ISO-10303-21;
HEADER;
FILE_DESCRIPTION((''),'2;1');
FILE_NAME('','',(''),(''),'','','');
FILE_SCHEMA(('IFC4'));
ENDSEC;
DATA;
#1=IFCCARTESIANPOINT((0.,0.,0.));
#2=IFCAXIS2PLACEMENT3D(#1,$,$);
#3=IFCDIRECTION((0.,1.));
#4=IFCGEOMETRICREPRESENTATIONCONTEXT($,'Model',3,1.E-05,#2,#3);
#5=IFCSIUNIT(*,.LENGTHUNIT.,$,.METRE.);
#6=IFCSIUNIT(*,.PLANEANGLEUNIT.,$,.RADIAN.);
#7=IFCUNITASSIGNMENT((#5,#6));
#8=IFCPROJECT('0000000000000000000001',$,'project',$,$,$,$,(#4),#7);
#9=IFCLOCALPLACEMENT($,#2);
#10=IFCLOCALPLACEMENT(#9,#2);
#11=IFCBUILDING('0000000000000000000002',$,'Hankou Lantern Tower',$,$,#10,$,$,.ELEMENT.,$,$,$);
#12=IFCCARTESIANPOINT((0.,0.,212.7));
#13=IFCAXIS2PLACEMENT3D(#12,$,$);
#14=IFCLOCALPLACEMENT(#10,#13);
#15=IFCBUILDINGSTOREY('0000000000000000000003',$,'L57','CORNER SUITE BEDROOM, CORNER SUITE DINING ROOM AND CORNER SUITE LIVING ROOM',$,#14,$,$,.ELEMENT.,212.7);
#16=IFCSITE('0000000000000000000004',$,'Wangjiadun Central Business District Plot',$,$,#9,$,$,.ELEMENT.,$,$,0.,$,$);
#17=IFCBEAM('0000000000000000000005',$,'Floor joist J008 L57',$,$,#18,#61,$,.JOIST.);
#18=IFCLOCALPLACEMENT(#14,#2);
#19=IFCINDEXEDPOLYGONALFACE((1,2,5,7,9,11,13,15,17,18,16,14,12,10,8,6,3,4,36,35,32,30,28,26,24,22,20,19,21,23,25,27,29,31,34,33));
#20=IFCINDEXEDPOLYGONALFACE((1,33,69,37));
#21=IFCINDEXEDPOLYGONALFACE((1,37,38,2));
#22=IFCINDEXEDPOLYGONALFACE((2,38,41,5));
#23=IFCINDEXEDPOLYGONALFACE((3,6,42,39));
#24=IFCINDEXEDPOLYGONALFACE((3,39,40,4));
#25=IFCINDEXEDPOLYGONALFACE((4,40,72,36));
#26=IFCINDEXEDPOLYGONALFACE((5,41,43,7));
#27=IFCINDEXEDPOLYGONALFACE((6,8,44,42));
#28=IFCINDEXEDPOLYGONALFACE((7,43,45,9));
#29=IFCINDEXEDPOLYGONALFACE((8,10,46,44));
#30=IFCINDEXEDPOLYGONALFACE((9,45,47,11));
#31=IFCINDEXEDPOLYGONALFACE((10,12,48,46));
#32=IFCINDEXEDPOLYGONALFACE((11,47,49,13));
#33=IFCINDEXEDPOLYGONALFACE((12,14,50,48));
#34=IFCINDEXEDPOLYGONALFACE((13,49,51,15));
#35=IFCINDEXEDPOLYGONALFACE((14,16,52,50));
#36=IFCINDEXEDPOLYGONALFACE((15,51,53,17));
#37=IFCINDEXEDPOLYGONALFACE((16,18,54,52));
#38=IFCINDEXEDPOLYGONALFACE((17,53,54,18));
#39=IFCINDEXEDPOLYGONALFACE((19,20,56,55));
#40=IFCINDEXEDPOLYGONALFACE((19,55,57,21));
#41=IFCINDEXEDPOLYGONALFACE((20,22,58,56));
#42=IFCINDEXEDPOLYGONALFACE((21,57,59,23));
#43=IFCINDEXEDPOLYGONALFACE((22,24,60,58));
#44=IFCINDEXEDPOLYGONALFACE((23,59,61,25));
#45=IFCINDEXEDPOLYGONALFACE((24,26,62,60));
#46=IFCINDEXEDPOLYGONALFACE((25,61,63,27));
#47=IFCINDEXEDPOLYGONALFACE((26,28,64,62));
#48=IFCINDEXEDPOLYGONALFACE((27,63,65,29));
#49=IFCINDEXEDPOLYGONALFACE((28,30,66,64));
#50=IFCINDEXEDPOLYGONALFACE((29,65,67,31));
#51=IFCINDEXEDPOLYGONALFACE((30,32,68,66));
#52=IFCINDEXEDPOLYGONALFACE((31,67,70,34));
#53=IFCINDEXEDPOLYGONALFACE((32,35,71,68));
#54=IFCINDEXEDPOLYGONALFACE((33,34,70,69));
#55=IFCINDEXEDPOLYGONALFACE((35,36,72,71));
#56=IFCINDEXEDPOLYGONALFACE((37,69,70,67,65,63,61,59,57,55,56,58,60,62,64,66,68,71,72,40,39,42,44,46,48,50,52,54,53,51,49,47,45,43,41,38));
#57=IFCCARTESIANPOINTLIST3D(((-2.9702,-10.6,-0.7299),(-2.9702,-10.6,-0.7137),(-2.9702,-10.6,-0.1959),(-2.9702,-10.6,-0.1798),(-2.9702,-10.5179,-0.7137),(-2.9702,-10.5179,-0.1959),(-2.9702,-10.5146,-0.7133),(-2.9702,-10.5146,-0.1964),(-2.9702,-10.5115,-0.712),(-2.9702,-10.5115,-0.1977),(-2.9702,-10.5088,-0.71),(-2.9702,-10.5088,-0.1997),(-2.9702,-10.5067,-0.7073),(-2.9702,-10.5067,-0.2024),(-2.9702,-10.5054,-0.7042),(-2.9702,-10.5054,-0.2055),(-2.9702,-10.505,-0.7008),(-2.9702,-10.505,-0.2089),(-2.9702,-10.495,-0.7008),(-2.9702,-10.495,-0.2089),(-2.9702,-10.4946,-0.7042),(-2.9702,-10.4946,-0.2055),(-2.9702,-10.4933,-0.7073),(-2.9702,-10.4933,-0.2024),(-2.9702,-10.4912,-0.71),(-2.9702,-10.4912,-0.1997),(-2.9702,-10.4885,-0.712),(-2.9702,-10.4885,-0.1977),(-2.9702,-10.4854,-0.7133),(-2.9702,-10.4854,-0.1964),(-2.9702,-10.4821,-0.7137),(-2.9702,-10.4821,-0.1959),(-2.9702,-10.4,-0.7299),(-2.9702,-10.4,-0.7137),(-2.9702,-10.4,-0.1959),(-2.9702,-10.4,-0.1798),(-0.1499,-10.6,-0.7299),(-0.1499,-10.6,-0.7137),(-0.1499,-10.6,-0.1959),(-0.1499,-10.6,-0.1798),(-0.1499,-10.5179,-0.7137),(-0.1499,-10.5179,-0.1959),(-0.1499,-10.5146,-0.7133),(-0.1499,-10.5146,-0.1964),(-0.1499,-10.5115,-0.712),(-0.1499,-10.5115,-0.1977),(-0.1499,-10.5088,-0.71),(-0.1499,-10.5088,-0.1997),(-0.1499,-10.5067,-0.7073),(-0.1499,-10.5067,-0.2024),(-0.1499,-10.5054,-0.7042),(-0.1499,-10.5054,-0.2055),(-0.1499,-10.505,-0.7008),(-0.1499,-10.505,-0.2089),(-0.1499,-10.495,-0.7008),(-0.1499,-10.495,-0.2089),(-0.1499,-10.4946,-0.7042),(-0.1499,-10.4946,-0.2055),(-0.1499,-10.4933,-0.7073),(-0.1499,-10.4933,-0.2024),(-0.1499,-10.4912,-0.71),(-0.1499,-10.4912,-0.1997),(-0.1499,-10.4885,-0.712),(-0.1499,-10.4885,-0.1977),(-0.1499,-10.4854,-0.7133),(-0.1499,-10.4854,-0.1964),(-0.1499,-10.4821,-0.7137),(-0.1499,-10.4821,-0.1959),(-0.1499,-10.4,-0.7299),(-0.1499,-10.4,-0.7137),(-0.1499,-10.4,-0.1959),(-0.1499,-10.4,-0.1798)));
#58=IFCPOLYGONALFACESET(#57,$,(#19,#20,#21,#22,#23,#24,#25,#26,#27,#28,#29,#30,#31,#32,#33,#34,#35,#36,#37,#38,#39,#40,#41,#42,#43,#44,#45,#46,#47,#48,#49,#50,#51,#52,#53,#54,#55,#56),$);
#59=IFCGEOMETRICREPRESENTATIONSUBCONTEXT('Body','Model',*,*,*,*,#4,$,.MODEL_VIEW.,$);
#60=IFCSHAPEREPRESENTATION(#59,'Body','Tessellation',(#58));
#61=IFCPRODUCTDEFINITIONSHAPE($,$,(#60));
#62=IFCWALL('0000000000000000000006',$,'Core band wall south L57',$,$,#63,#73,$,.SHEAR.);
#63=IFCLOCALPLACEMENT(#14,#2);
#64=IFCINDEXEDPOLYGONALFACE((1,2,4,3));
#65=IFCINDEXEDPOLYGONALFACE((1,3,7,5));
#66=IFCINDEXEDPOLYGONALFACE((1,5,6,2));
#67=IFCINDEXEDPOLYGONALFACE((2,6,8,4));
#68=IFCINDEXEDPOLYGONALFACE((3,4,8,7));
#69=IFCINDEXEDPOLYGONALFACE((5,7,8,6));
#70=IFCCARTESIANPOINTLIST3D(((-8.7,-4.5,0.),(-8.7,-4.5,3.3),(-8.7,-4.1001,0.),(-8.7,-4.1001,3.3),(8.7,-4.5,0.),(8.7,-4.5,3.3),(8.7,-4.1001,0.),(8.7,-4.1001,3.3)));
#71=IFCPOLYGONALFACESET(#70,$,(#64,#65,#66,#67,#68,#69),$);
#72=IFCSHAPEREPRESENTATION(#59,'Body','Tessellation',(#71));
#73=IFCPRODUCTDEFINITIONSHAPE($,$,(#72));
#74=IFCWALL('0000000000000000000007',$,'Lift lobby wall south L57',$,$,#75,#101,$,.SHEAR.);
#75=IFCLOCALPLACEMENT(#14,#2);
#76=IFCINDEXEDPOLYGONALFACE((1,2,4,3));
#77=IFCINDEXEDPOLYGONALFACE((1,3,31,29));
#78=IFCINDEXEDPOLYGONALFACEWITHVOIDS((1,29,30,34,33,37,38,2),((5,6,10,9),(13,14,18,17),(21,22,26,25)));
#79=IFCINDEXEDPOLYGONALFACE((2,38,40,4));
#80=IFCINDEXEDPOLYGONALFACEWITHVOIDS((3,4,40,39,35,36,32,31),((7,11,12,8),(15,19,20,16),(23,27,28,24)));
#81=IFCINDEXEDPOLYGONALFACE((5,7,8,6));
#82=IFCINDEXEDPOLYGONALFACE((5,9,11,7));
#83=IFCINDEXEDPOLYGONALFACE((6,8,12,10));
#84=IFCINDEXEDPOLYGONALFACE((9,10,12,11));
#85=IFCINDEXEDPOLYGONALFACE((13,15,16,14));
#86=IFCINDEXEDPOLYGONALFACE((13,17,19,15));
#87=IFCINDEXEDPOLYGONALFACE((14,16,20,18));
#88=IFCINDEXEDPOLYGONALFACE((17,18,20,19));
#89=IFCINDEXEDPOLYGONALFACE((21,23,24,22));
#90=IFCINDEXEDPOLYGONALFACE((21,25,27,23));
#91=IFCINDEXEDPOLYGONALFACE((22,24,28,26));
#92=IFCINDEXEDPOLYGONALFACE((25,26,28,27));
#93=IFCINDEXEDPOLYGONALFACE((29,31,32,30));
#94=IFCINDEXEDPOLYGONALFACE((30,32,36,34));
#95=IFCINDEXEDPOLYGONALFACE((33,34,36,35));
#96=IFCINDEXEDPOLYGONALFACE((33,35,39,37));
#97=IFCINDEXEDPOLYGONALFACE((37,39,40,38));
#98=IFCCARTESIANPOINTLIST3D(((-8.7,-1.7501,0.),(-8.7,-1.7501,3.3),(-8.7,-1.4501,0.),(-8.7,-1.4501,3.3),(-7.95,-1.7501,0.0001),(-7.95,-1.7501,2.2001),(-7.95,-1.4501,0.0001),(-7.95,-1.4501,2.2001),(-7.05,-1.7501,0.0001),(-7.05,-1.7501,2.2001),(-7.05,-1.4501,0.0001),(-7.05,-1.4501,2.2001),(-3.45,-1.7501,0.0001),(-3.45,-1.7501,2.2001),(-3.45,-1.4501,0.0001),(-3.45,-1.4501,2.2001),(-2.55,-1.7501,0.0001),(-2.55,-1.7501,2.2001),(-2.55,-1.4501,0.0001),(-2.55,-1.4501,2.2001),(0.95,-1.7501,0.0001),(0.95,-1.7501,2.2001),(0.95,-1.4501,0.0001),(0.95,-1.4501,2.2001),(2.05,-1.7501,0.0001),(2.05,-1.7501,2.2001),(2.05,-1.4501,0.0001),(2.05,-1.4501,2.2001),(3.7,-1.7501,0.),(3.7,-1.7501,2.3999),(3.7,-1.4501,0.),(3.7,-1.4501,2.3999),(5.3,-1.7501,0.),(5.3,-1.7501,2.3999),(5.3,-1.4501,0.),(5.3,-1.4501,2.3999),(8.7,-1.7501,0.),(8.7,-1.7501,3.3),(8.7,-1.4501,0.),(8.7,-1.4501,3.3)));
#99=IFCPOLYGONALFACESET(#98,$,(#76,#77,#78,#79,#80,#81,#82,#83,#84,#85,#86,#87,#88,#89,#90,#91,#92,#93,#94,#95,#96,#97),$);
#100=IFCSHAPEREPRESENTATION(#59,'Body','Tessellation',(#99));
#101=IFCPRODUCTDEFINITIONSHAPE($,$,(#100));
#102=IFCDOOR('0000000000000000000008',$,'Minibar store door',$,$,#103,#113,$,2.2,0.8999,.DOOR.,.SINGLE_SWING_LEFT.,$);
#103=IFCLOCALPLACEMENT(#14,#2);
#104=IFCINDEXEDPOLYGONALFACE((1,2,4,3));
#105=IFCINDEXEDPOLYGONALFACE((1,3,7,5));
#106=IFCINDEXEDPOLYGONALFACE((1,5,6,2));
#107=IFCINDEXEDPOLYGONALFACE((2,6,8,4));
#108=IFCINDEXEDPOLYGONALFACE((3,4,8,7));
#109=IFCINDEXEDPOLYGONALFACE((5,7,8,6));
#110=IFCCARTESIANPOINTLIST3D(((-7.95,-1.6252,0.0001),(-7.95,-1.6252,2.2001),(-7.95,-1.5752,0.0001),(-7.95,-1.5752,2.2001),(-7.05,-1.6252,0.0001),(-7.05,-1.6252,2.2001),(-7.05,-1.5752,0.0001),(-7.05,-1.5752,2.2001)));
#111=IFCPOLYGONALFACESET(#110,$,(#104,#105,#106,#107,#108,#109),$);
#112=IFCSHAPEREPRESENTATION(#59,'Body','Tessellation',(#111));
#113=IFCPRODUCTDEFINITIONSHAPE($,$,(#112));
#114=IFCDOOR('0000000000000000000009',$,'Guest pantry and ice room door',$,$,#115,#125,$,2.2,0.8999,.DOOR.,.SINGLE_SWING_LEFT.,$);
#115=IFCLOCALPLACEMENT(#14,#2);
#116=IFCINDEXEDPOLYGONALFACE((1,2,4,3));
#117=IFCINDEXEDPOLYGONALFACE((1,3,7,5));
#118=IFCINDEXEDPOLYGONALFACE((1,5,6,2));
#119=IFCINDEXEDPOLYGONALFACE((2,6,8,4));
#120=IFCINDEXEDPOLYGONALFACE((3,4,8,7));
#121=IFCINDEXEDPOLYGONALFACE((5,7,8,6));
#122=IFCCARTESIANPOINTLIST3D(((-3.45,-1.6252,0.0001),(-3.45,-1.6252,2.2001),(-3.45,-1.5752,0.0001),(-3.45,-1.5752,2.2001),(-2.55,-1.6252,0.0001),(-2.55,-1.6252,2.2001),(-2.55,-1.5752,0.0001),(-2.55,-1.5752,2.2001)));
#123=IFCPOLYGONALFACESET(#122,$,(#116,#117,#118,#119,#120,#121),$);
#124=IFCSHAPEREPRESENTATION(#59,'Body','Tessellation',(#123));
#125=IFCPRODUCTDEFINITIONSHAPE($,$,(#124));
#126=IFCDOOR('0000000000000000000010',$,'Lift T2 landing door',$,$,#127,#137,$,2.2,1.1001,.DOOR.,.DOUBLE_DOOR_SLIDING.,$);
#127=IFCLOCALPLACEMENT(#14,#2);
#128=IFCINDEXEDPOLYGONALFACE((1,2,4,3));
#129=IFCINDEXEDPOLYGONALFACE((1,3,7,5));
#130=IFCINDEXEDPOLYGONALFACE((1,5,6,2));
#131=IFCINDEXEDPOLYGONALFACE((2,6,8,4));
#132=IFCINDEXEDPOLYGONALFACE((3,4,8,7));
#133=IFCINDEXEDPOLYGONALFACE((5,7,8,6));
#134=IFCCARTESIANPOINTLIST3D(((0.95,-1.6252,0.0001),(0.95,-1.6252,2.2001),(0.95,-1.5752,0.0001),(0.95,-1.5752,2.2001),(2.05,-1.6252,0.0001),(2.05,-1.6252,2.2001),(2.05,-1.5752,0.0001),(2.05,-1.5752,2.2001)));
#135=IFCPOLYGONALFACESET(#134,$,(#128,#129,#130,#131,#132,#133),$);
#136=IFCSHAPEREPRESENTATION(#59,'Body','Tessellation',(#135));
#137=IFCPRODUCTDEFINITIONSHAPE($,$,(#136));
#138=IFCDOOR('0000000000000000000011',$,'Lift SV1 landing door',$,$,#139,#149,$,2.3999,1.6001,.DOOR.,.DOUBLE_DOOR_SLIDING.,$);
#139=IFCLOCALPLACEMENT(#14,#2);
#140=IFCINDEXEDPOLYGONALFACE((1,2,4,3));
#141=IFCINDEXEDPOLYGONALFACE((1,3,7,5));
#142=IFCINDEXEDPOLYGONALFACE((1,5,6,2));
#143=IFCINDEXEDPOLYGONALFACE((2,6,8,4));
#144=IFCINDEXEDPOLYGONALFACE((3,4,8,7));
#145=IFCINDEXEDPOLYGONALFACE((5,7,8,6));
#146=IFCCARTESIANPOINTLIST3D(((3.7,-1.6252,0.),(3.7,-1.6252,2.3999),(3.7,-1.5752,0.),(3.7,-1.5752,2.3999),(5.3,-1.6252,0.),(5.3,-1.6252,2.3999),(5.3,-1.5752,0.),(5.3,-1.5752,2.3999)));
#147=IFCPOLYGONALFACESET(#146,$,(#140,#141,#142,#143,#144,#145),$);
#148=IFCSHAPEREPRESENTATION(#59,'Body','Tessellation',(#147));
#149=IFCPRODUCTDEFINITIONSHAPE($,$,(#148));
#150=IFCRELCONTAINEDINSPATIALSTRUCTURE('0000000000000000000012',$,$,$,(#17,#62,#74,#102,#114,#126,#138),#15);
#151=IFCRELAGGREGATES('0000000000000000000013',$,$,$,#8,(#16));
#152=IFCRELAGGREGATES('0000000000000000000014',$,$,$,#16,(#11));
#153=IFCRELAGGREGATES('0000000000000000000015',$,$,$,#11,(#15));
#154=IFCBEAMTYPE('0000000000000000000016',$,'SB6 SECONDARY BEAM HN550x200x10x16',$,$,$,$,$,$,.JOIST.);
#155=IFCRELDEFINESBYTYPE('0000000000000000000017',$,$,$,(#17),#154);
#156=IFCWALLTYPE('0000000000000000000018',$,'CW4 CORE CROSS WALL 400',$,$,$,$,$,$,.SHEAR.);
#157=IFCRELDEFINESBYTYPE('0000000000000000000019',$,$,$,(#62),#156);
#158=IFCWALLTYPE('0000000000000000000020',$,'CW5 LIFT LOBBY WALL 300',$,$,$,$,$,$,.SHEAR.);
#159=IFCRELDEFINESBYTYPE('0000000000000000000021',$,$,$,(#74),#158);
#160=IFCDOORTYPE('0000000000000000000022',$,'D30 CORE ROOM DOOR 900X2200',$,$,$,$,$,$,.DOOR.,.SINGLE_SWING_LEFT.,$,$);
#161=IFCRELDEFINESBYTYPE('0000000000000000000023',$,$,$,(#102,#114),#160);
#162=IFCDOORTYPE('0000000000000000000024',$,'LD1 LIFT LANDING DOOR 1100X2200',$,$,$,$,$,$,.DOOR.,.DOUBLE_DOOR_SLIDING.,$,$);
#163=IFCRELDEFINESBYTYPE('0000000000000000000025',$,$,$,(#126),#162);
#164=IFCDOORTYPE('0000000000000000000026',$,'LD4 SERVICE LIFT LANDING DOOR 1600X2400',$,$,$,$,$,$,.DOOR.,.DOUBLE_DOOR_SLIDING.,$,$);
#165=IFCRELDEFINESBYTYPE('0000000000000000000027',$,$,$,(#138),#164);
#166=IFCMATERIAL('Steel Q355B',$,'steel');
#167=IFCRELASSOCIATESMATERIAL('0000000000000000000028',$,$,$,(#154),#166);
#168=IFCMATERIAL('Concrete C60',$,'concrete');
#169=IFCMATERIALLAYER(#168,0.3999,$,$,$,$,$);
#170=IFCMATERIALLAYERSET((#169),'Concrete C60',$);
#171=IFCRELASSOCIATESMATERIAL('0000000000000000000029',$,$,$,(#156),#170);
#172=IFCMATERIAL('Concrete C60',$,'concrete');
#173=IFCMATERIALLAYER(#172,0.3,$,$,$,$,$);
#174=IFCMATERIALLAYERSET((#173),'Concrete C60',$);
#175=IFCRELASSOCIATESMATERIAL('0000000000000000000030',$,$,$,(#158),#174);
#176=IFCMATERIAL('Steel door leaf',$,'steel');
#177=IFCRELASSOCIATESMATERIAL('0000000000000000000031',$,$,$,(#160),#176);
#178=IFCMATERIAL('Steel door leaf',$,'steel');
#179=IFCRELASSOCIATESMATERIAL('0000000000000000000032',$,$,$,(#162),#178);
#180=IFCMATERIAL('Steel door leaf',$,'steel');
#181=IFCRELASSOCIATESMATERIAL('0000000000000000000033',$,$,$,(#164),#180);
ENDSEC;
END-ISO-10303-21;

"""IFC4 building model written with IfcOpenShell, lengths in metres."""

from ifc_helpers import new_model, si_unit, direction, frame, frame_2d, origin, origin_2d, place, context, subcontext, project, spatial, rectangle, i_section, extrude, material, layer, layer_set, material_profile, profile_set, type_object, element, fill, save


model = new_model("IFC4")

# Units and contexts
model_context = context("Model", 3, precision=1e-05, world=origin(), true_north=direction((0.0, 1.0)))
body_context = subcontext(model_context, "Body", "Model", "MODEL_VIEW")
ifc_project = project(units=[si_unit("LENGTHUNIT", "METRE"), si_unit("PLANEANGLEUNIT", "RADIAN")], contexts=[model_context])

# Site, building, storey
site_placement = place(None, origin())
site = spatial("IfcSite", under=ifc_project, at=site_placement, Name="Wangjiadun Central Business District Plot", CompositionType="ELEMENT", RefElevation=0.0)
building_placement = place(site_placement, origin())
building = spatial("IfcBuilding", under=site, at=building_placement, Name="Hankou Lantern Tower", CompositionType="ELEMENT")
storey_placement = place(building_placement, frame((0.0, 0.0, 212.7)))
storey = spatial("IfcBuildingStorey", under=building, at=storey_placement, Name="L57", Description="CORNER SUITE BEDROOM, CORNER SUITE DINING ROOM AND CORNER SUITE LIVING ROOM", CompositionType="ELEMENT", Elevation=212.7)

# Beam
ifc_material_1 = material(Name="Steel Q355B", Category="steel")
ifc_material_profile_1 = material_profile(ifc_material_1, i_section(OverallWidth=0.2, OverallDepth=0.55, WebThickness=0.01, FlangeThickness=0.0161, FilletRadius=0.0129, at=origin_2d()), Name="HN550x200x10x16")
ifc_profile_set_1 = profile_set([ifc_material_profile_1], Name="Steel Q355B")
beam_type_1 = type_object("IfcBeamType", Name="SB6 SECONDARY BEAM HN550x200x10x16", PredefinedType="JOIST", material=ifc_profile_set_1)
beam_1_placement = place(storey_placement, frame((-2.9702, -10.5, -0.4548), z_axis=(1.0, 0.0, 0.0), x_axis=(0.0, 1.0, 0.0)))
element("IfcBeam", 1, at=beam_1_placement, inside=storey, type_object=beam_type_1, Name="Floor joist J008 L57", PredefinedType="JOIST", context=body_context, shape_type="SweptSolid", body=[
    extrude(i_section(OverallWidth=0.2, OverallDepth=0.55, WebThickness=0.01, FlangeThickness=0.0161, FilletRadius=0.0129, at=origin_2d()), origin(), (0.0, 0.0, 1.0), 2.8203),
])

# Wall
ifc_material_2 = material(Name="Concrete C60", Category="concrete")
ifc_layer_1 = layer(ifc_material_2, 0.3999)
ifc_layer_set_1 = layer_set([ifc_layer_1], Name="Concrete C60")
wall_type_1 = type_object("IfcWallType", Name="CW4 CORE CROSS WALL 400", PredefinedType="SHEAR", material=ifc_layer_set_1)
wall_1_placement = place(storey_placement, frame((-8.7, -4.3, 0.0), z_axis=(0.0, 0.0, 1.0), x_axis=(1.0, 0.0, 0.0)))
element("IfcWall", 2, at=wall_1_placement, inside=storey, type_object=wall_type_1, Name="Core band wall south L57", PredefinedType="SHEAR", context=body_context, shape_type="SweptSolid", body=[
    extrude(rectangle(XDim=17.3999, YDim=0.3999, at=frame_2d((8.7, 0.0))), origin(), (0.0, 0.0, 1.0), 3.3),
])

# Wall, openings, doors
ifc_material_3 = material(Name="Concrete C60", Category="concrete")
ifc_layer_2 = layer(ifc_material_3, 0.3)
ifc_layer_set_2 = layer_set([ifc_layer_2], Name="Concrete C60")
wall_type_2 = type_object("IfcWallType", Name="CW5 LIFT LOBBY WALL 300", PredefinedType="SHEAR", material=ifc_layer_set_2)
wall_2_placement = place(storey_placement, frame((-8.7, -1.6001, 0.0), z_axis=(0.0, 0.0, 1.0), x_axis=(1.0, 0.0, 0.0)))
wall_2 = element("IfcWall", 3, at=wall_2_placement, inside=storey, type_object=wall_type_2, Name="Lift lobby wall south L57", PredefinedType="SHEAR", context=body_context, shape_type="SweptSolid", body=[
    extrude(rectangle(XDim=17.3999, YDim=0.3, at=frame_2d((8.7, 0.0))), origin(), (0.0, 0.0, 1.0), 3.3),
])
opening_1_placement = place(wall_2_placement, frame((9.6499, 0.0, 0.0)))
opening_1 = element("IfcOpeningElement", 4, at=opening_1_placement, cuts=wall_2, PredefinedType="OPENING", context=body_context, shape_type="SweptSolid", body=[
    extrude(rectangle(XDim=1.1001, YDim=2.2, at=frame_2d((0.55, 1.1001))), frame((0.0, 0.1599, 0.0), z_axis=(0.0, -1.0, 0.0), x_axis=(1.0, 0.0, 0.0)), (0.0, 0.0, 1.0), 0.3201),
])
opening_2_placement = place(wall_2_placement, frame((12.3999, 0.0, 0.0)))
opening_2 = element("IfcOpeningElement", 5, at=opening_2_placement, cuts=wall_2, PredefinedType="OPENING", context=body_context, shape_type="SweptSolid", body=[
    extrude(rectangle(XDim=1.6001, YDim=2.3999, at=frame_2d((0.8, 1.2))), frame((0.0, 0.1599, 0.0), z_axis=(0.0, -1.0, 0.0), x_axis=(1.0, 0.0, 0.0)), (0.0, 0.0, 1.0), 0.3201),
])
opening_3_placement = place(wall_2_placement, frame((0.75, 0.0, 0.0)))
opening_3 = element("IfcOpeningElement", 6, at=opening_3_placement, cuts=wall_2, PredefinedType="OPENING", context=body_context, shape_type="SweptSolid", body=[
    extrude(rectangle(XDim=0.8999, YDim=2.2, at=frame_2d((0.45, 1.1001))), frame((0.0, 0.1599, 0.0), z_axis=(0.0, -1.0, 0.0), x_axis=(1.0, 0.0, 0.0)), (0.0, 0.0, 1.0), 0.3201),
])
opening_4_placement = place(wall_2_placement, frame((5.25, 0.0, 0.0)))
opening_4 = element("IfcOpeningElement", 7, at=opening_4_placement, cuts=wall_2, PredefinedType="OPENING", context=body_context, shape_type="SweptSolid", body=[
    extrude(rectangle(XDim=0.8999, YDim=2.2, at=frame_2d((0.45, 1.1001))), frame((0.0, 0.1599, 0.0), z_axis=(0.0, -1.0, 0.0), x_axis=(1.0, 0.0, 0.0)), (0.0, 0.0, 1.0), 0.3201),
])
ifc_material_4 = material(Name="Steel door leaf", Category="steel")
door_type_1 = type_object("IfcDoorType", Name="D30 CORE ROOM DOOR 900X2200", OperationType="SINGLE_SWING_LEFT", PredefinedType="DOOR", material=ifc_material_4)
door_1_placement = place(opening_3_placement, origin())
door_1 = element("IfcDoor", 8, at=door_1_placement, inside=storey, type_object=door_type_1, Name="Minibar store door", OperationType="SINGLE_SWING_LEFT", OverallHeight=2.2, OverallWidth=0.8999, PredefinedType="DOOR", context=body_context, shape_type="SweptSolid", body=[
    extrude(rectangle(XDim=0.8999, YDim=2.2, at=frame_2d((0.45, 1.1001))), frame((0.0, 0.0249, 0.0), z_axis=(0.0, -1.0, 0.0), x_axis=(1.0, 0.0, 0.0)), (0.0, 0.0, 1.0), 0.05),
])
fill(opening_3, door_1)
door_2_placement = place(opening_4_placement, origin())
door_2 = element("IfcDoor", 9, at=door_2_placement, inside=storey, type_object=door_type_1, Name="Guest pantry and ice room door", OperationType="SINGLE_SWING_LEFT", OverallHeight=2.2, OverallWidth=0.8999, PredefinedType="DOOR", context=body_context, shape_type="SweptSolid", body=[
    extrude(rectangle(XDim=0.8999, YDim=2.2, at=frame_2d((0.45, 1.1001))), frame((0.0, 0.0249, 0.0), z_axis=(0.0, -1.0, 0.0), x_axis=(1.0, 0.0, 0.0)), (0.0, 0.0, 1.0), 0.05),
])
fill(opening_4, door_2)
ifc_material_5 = material(Name="Steel door leaf", Category="steel")
door_type_2 = type_object("IfcDoorType", Name="LD1 LIFT LANDING DOOR 1100X2200", OperationType="DOUBLE_DOOR_SLIDING", PredefinedType="DOOR", material=ifc_material_5)
door_3_placement = place(opening_1_placement, origin())
door_3 = element("IfcDoor", 10, at=door_3_placement, inside=storey, type_object=door_type_2, Name="Lift T2 landing door", OperationType="DOUBLE_DOOR_SLIDING", OverallHeight=2.2, OverallWidth=1.1001, PredefinedType="DOOR", context=body_context, shape_type="SweptSolid", body=[
    extrude(rectangle(XDim=1.1001, YDim=2.2, at=frame_2d((0.55, 1.1001))), frame((0.0, 0.0249, 0.0), z_axis=(0.0, -1.0, 0.0), x_axis=(1.0, 0.0, 0.0)), (0.0, 0.0, 1.0), 0.05),
])
fill(opening_1, door_3)
ifc_material_6 = material(Name="Steel door leaf", Category="steel")
door_type_3 = type_object("IfcDoorType", Name="LD4 SERVICE LIFT LANDING DOOR 1600X2400", OperationType="DOUBLE_DOOR_SLIDING", PredefinedType="DOOR", material=ifc_material_6)
door_4_placement = place(opening_2_placement, origin())
door_4 = element("IfcDoor", 11, at=door_4_placement, inside=storey, type_object=door_type_3, Name="Lift SV1 landing door", OperationType="DOUBLE_DOOR_SLIDING", OverallHeight=2.3999, OverallWidth=1.6001, PredefinedType="DOOR", context=body_context, shape_type="SweptSolid", body=[
    extrude(rectangle(XDim=1.6001, YDim=2.3999, at=frame_2d((0.8, 1.2))), frame((0.0, 0.0249, 0.0), z_axis=(0.0, -1.0, 0.0), x_axis=(1.0, 0.0, 0.0)), (0.0, 0.0, 1.0), 0.05),
])
fill(opening_2, door_4)

save(model, "model.ifc")
